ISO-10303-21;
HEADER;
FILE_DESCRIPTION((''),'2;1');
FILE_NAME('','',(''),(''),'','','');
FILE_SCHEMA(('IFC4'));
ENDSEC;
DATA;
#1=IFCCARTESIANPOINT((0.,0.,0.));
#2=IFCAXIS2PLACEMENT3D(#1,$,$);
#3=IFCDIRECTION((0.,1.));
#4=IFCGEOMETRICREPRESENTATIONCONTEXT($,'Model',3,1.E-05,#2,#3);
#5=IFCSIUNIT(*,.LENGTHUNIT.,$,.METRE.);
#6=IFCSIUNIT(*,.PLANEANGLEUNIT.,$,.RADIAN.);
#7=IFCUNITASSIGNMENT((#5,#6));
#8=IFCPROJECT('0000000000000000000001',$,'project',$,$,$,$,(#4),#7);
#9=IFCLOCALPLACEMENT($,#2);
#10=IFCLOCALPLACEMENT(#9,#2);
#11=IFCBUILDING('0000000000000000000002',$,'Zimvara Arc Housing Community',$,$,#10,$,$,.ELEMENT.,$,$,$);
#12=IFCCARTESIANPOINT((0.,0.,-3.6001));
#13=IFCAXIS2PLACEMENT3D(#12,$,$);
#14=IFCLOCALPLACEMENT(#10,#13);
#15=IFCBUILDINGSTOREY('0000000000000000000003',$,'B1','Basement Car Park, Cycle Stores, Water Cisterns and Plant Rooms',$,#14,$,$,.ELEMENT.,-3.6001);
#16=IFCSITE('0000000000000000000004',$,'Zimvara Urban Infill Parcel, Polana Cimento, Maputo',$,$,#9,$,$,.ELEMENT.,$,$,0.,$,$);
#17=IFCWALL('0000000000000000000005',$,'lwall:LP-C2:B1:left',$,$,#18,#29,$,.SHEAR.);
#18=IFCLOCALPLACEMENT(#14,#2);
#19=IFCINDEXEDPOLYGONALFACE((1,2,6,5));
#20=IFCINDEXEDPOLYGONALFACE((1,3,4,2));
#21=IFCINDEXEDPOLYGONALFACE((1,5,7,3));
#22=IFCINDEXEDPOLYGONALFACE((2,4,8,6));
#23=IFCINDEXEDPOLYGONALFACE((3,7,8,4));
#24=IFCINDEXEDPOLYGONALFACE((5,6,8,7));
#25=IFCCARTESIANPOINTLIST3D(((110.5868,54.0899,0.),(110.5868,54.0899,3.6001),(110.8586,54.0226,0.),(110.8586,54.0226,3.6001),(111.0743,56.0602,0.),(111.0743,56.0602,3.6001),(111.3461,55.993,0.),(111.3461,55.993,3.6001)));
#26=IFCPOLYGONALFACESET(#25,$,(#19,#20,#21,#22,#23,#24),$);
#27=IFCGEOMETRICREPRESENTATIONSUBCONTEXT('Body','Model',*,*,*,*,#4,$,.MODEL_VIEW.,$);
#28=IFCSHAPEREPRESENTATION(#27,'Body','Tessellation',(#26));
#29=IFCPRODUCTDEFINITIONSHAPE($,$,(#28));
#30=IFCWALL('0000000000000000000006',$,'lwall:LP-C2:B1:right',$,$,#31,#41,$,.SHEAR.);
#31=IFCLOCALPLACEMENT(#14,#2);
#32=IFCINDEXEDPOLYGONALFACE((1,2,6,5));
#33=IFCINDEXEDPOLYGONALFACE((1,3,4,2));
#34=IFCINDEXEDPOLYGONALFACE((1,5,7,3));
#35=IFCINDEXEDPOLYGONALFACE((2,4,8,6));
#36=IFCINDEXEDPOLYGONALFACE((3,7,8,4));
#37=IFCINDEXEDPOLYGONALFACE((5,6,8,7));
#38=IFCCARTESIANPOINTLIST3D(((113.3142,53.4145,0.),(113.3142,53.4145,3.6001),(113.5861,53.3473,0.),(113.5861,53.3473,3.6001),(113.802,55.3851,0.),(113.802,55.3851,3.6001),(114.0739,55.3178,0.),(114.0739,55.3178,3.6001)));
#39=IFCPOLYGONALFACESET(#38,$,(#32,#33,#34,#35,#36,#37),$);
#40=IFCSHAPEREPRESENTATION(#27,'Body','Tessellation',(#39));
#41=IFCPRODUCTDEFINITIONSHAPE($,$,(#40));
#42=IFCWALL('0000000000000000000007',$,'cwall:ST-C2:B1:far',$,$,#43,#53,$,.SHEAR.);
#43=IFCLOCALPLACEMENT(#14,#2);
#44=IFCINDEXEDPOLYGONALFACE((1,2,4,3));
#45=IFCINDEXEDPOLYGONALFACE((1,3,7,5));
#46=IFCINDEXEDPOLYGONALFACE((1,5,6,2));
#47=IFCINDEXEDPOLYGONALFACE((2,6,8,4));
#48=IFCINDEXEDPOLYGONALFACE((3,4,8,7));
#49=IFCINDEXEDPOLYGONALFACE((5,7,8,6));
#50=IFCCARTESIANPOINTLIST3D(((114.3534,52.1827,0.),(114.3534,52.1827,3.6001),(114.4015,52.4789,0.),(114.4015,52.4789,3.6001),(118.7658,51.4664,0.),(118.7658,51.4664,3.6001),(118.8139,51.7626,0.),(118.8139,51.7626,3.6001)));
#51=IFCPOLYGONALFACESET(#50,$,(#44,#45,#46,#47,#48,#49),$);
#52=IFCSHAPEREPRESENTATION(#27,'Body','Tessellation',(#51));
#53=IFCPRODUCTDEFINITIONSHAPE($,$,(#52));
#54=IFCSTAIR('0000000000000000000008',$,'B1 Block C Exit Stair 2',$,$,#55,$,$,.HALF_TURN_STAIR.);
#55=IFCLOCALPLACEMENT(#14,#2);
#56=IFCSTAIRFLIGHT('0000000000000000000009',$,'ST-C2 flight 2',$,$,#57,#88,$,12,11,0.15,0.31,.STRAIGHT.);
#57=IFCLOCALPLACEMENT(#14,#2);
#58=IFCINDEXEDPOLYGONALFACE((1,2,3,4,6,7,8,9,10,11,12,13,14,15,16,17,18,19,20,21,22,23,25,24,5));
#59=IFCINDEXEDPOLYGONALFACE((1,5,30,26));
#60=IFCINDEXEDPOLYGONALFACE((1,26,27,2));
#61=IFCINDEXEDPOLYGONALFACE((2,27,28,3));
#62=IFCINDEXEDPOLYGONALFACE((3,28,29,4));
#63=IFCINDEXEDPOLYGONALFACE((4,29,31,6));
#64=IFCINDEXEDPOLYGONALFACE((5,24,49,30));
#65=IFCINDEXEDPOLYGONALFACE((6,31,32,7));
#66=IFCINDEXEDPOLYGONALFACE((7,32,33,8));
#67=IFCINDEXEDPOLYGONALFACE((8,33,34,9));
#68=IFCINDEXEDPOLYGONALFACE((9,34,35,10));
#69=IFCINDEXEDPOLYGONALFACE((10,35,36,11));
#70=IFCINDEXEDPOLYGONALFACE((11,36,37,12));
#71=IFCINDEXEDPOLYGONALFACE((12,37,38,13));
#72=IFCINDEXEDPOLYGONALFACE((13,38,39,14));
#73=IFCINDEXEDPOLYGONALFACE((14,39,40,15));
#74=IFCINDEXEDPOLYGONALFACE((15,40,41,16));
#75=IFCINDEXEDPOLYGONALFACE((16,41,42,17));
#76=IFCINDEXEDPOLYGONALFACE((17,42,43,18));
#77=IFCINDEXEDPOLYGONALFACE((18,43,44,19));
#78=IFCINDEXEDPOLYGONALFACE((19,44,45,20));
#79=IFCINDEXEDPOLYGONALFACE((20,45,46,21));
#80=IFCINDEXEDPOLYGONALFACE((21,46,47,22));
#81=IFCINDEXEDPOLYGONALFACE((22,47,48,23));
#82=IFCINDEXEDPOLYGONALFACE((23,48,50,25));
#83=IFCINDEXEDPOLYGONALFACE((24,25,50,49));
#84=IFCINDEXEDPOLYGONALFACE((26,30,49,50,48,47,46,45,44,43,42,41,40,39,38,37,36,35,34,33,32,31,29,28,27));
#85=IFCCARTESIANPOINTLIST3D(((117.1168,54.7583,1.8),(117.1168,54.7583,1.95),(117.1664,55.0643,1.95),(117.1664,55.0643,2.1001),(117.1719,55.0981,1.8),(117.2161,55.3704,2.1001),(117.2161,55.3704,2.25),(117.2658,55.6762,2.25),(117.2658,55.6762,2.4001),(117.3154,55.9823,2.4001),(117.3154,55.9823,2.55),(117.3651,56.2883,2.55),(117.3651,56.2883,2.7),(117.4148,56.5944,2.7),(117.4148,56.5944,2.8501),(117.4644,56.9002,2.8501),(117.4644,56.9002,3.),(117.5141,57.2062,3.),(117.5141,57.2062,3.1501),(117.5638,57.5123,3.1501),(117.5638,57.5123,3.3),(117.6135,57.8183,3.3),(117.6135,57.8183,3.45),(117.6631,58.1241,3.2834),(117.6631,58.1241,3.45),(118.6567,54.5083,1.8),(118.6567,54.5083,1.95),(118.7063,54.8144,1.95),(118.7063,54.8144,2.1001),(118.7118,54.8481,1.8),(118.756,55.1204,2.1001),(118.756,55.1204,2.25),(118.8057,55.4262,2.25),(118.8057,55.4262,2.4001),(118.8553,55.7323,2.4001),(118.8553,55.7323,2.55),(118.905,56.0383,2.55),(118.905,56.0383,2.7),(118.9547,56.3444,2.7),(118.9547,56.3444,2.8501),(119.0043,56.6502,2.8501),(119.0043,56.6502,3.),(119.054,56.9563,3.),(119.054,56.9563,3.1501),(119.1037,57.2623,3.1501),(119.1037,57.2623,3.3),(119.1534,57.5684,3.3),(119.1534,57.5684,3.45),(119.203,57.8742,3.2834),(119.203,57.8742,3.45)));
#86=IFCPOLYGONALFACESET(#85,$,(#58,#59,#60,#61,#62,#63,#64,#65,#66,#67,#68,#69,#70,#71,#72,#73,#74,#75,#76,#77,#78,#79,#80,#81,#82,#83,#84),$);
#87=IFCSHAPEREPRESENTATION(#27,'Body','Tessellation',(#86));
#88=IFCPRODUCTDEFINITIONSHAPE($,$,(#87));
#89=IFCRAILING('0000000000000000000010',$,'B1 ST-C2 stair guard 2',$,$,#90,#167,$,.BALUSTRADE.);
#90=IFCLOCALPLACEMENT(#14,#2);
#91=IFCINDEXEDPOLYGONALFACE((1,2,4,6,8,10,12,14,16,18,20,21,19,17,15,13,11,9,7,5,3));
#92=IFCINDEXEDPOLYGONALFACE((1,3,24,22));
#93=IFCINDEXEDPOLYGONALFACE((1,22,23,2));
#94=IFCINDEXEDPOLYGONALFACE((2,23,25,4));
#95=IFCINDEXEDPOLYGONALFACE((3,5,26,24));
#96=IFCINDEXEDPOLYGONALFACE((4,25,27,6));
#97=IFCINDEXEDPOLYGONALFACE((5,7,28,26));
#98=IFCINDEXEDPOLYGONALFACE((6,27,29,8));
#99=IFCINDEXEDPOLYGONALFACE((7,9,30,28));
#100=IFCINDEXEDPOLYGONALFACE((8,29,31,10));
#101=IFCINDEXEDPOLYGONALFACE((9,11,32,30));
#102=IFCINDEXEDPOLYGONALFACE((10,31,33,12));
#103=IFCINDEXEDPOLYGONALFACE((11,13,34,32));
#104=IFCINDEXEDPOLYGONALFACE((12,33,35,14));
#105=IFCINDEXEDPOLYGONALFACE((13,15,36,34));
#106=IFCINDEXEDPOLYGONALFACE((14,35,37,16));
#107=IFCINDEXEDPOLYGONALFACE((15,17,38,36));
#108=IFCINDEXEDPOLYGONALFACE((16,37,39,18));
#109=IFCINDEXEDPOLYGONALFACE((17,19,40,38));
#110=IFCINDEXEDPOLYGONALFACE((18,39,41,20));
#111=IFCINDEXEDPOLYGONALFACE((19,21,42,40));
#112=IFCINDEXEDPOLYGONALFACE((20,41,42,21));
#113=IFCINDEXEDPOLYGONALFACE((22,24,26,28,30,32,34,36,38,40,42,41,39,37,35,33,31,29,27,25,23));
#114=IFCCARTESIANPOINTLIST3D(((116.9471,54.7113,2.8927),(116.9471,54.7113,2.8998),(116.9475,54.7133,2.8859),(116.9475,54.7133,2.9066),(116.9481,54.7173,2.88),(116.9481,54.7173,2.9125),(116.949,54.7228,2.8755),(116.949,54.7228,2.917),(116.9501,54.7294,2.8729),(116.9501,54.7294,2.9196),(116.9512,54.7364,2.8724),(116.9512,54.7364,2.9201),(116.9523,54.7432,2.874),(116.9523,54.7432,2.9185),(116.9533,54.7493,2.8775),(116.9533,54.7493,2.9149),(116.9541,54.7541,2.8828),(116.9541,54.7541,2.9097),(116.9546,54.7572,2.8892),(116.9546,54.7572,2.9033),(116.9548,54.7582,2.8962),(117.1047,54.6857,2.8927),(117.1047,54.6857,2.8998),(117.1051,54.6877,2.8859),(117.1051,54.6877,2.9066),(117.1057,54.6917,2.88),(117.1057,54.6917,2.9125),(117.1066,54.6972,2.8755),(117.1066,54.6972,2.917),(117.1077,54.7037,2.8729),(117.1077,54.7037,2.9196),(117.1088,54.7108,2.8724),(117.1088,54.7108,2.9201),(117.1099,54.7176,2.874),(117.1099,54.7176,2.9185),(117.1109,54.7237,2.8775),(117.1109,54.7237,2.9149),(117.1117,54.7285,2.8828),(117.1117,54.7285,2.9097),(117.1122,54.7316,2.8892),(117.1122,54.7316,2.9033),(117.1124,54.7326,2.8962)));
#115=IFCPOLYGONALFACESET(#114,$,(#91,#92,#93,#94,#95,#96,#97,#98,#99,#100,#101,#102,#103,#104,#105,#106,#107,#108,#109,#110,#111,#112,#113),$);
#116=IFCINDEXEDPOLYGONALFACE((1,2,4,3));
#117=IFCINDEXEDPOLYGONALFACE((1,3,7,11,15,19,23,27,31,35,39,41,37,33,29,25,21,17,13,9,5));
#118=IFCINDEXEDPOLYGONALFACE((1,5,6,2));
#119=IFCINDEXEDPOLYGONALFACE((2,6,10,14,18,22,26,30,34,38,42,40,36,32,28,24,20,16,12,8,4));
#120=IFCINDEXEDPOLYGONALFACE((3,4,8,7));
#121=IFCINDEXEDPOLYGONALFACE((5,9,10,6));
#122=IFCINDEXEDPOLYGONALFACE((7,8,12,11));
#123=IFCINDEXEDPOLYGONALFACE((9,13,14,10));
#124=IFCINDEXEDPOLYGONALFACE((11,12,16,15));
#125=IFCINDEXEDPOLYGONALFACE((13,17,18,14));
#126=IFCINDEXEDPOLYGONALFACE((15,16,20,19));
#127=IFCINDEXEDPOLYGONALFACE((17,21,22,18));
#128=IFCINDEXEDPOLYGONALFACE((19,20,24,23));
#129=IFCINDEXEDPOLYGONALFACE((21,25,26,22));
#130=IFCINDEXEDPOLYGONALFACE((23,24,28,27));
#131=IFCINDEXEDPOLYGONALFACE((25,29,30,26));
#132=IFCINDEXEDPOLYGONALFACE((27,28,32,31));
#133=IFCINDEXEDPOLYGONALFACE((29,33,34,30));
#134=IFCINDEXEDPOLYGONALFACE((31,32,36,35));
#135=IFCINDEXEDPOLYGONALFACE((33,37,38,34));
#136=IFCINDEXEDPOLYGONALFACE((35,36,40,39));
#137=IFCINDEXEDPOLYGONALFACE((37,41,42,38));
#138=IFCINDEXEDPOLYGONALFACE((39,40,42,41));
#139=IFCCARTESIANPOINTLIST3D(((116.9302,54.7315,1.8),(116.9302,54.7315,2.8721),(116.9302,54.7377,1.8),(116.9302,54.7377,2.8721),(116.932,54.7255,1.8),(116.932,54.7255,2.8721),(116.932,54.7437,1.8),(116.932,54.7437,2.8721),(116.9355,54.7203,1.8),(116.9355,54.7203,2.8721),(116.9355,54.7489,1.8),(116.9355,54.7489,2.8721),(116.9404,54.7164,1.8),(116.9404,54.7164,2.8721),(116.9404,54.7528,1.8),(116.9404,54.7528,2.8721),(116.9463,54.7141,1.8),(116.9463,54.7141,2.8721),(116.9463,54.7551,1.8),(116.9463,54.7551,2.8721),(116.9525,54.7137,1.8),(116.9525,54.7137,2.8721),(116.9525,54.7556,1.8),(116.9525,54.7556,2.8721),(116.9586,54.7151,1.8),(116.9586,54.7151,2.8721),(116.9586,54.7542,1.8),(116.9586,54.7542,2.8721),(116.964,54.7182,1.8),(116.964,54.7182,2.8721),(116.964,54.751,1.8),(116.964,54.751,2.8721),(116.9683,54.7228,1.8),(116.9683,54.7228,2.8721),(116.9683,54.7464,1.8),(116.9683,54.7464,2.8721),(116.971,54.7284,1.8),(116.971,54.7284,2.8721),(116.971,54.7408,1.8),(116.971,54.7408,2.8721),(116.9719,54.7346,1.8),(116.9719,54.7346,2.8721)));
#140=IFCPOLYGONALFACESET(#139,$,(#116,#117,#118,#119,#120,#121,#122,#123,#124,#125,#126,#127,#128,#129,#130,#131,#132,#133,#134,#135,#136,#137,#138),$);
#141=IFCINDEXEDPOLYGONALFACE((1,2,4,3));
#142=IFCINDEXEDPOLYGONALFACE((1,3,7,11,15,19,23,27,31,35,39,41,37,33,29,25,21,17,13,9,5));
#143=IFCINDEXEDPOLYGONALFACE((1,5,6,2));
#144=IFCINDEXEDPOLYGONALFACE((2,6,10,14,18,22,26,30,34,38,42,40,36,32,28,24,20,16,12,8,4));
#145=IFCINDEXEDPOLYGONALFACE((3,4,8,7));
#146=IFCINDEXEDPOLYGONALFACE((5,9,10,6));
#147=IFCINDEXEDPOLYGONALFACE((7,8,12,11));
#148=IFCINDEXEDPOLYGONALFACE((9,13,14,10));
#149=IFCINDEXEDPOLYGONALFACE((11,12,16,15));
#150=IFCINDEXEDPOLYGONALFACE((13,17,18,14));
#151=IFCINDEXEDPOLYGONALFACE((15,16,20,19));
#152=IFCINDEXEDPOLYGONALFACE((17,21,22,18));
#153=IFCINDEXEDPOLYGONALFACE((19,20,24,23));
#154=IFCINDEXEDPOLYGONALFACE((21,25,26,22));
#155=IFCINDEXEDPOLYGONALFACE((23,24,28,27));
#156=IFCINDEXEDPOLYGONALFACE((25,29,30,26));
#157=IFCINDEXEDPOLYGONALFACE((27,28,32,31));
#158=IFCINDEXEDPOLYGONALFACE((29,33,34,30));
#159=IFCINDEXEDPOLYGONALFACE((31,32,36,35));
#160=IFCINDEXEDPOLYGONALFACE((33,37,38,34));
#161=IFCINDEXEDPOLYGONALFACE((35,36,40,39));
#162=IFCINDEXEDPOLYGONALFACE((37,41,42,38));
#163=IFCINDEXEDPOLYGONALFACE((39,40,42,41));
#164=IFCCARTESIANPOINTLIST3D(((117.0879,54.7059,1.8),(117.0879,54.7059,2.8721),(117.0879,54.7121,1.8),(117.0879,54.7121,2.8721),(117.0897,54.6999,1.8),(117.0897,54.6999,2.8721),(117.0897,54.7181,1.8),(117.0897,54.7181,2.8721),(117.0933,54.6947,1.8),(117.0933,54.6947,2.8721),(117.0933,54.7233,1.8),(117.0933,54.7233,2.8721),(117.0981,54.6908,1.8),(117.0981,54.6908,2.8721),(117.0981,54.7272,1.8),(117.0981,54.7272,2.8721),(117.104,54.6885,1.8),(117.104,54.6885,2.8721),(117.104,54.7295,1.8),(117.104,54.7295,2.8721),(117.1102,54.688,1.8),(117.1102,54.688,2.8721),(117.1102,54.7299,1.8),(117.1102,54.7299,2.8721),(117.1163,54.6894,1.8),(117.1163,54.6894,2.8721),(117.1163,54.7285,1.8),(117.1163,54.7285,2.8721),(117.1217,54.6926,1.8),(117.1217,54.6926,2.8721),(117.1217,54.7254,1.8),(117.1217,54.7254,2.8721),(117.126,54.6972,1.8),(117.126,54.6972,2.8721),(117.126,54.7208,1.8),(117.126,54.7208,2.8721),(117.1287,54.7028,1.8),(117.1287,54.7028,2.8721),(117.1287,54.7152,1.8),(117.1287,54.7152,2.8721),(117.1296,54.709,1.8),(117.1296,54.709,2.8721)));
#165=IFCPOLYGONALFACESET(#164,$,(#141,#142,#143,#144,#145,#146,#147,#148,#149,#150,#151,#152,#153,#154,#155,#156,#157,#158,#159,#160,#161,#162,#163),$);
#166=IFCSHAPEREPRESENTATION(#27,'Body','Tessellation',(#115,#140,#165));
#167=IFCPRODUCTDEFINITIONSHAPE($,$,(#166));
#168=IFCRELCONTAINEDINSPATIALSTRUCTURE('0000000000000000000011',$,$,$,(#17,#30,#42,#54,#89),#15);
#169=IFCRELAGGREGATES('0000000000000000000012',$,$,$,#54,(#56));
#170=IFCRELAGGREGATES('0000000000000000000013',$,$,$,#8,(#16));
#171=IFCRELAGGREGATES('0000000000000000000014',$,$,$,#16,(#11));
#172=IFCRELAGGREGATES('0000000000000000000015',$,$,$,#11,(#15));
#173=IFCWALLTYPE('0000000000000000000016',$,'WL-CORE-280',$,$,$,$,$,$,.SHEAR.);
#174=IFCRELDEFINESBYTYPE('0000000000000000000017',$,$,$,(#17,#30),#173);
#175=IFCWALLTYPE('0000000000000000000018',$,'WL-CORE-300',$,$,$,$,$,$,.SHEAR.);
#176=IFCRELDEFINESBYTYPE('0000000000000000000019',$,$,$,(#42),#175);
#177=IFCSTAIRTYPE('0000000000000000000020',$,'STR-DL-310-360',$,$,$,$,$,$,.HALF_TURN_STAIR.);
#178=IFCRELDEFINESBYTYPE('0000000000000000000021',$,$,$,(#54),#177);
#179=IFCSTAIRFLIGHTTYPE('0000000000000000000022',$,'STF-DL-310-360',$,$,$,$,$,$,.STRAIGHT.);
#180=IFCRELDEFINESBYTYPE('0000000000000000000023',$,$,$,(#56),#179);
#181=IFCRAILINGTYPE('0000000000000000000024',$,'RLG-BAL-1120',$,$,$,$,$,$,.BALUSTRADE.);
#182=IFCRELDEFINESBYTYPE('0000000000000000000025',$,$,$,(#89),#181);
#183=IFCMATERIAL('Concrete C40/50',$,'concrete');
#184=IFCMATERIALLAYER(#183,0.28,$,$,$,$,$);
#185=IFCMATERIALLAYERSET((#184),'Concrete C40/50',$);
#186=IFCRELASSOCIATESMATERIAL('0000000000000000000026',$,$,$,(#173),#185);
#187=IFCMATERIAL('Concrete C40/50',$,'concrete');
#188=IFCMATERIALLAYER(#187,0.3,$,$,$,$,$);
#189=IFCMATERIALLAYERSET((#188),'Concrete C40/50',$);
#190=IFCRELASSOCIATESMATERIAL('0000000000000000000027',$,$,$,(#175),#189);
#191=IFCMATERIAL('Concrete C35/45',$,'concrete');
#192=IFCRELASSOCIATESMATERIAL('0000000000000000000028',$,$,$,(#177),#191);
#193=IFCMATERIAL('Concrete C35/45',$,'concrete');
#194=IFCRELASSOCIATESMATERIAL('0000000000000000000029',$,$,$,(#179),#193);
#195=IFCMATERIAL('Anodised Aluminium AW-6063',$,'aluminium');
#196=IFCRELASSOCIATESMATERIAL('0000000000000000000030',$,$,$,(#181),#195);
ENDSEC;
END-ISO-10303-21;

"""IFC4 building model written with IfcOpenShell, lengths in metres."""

from ifc_helpers import new_model, si_unit, direction, frame, frame_2d, origin, origin_2d, place, context, subcontext, project, spatial, polyline, rectangle, circle, outline, extrude, material, layer, layer_set, type_object, element, aggregate, save


model = new_model("IFC4")

# Units and contexts
model_context = context("Model", 3, precision=1e-05, world=origin(), true_north=direction((0.0, 1.0)))
body_context = subcontext(model_context, "Body", "Model", "MODEL_VIEW")
ifc_project = project(units=[si_unit("LENGTHUNIT", "METRE"), si_unit("PLANEANGLEUNIT", "RADIAN")], contexts=[model_context])

# Site, building, storey
site_placement = place(None, origin())
site = spatial("IfcSite", under=ifc_project, at=site_placement, Name="Zimvara Urban Infill Parcel, Polana Cimento, Maputo", CompositionType="ELEMENT", RefElevation=0.0)
building_placement = place(site_placement, origin())
building = spatial("IfcBuilding", under=site, at=building_placement, Name="Zimvara Arc Housing Community", CompositionType="ELEMENT")
storey_placement = place(building_placement, frame((0.0, 0.0, -3.6001)))
storey = spatial("IfcBuildingStorey", under=building, at=storey_placement, Name="B1", Description="Basement Car Park, Cycle Stores, Water Cisterns and Plant Rooms", CompositionType="ELEMENT", Elevation=-3.6001)

# Shared definitions
ifc_material_1 = material(Name="Concrete C40/50", Category="concrete")
ifc_layer_1 = layer(ifc_material_1, 0.28)
ifc_layer_set_1 = layer_set([ifc_layer_1], Name="Concrete C40/50")
wall_type_1 = type_object("IfcWallType", Name="WL-CORE-280", PredefinedType="SHEAR", material=ifc_layer_set_1)

# Walls
wall_1_placement = place(storey_placement, frame((111.2102, 56.0266, 0.0), z_axis=(0.0, 0.0, 1.0), x_axis=(-0.240186, -0.970727, 0.0)))
element("IfcWall", 1, at=wall_1_placement, inside=storey, type_object=wall_type_1, Name="lwall:LP-C2:B1:left", PredefinedType="SHEAR", context=body_context, shape_type="SweptSolid", body=[
    extrude(rectangle(XDim=2.0298, YDim=0.28, at=frame_2d((1.0149, 0.0))), origin(), (0.0, 0.0, 1.0), 3.6001),
])
wall_2_placement = place(storey_placement, frame((113.938, 55.3516, 0.0), z_axis=(0.0, 0.0, 1.0), x_axis=(-0.240299, -0.970699, 0.0)))
element("IfcWall", 2, at=wall_2_placement, inside=storey, type_object=wall_type_1, Name="lwall:LP-C2:B1:right", PredefinedType="SHEAR", context=body_context, shape_type="SweptSolid", body=[
    extrude(rectangle(XDim=2.03, YDim=0.28, at=frame_2d((1.0151, 0.0))), origin(), (0.0, 0.0, 1.0), 3.6001),
])
ifc_material_2 = material(Name="Concrete C40/50", Category="concrete")
ifc_layer_2 = layer(ifc_material_2, 0.3)
ifc_layer_set_2 = layer_set([ifc_layer_2], Name="Concrete C40/50")
wall_type_2 = type_object("IfcWallType", Name="WL-CORE-300", PredefinedType="SHEAR", material=ifc_layer_set_2)
wall_3_placement = place(storey_placement, frame((114.3774, 52.3308, 0.0), z_axis=(0.0, 0.0, 1.0), x_axis=(0.987077, -0.160244, 0.0)))
element("IfcWall", 3, at=wall_3_placement, inside=storey, type_object=wall_type_2, Name="cwall:ST-C2:B1:far", PredefinedType="SHEAR", context=body_context, shape_type="SweptSolid", body=[
    extrude(rectangle(XDim=4.4702, YDim=0.3, at=frame_2d((2.2351, 0.0))), origin(), (0.0, 0.0, 1.0), 3.6001),
])

# Stair, stair flight
ifc_material_3 = material(Name="Concrete C35/45", Category="concrete")
stair_type = type_object("IfcStairType", Name="STR-DL-310-360", PredefinedType="HALF_TURN_STAIR", material=ifc_material_3)
stair_placement = place(storey_placement, origin())
stair = element("IfcStair", 4, at=stair_placement, inside=storey, type_object=stair_type, Name="B1 Block C Exit Stair 2", PredefinedType="HALF_TURN_STAIR")
ifc_material_4 = material(Name="Concrete C35/45", Category="concrete")
stair_flight_type = type_object("IfcStairFlightType", Name="STF-DL-310-360", PredefinedType="STRAIGHT", material=ifc_material_4)
stair_flight_placement = place(storey_placement, frame((117.8867, 54.6333, 1.8), z_axis=(0.0, 0.0, 1.0), x_axis=(0.160226, 0.98708, 0.0)))
stair_flight = element("IfcStairFlight", 5, at=stair_flight_placement, type_object=stair_flight_type, Name="ST-C2 flight 2", NumberOfRisers=12, NumberOfTreads=11, PredefinedType="STRAIGHT", RiserHeight=0.15, TreadLength=0.31, context=body_context, shape_type="SweptSolid", body=[
    extrude(outline(polyline([(0.0, 0.0), (0.0, 0.1499), (0.3101, 0.1499), (0.3101, 0.3), (0.6201, 0.3), (0.6201, 0.45), (0.9299, 0.45), (0.9299, 0.6001), (1.24, 0.6001), (1.24, 0.75), (1.55, 0.75), (1.55, 0.8999), (1.8601, 0.8999), (1.8601, 1.05), (2.1699, 1.05), (2.1699, 1.2), (2.48, 1.2), (2.48, 1.3501), (2.79, 1.3501), (2.79, 1.5), (3.1001, 1.5), (3.1001, 1.6499), (3.4099, 1.6499), (3.4099, 1.8), (3.4099, 1.4834), (0.3442, 0.0), (0.0, 0.0)])), frame((0.0, 0.78, 0.0), z_axis=(0.0, -1.0, 0.0), x_axis=(1.0, 0.0, 0.0)), (0.0, 0.0, 1.0), 1.5601),
])
aggregate(stair, [stair_flight])

# Railing
ifc_material_5 = material(Name="Anodised Aluminium AW-6063", Category="aluminium")
railing_type_1 = type_object("IfcRailingType", Name="RLG-BAL-1120", PredefinedType="BALUSTRADE", material=ifc_material_5)
railing_1_placement = place(storey_placement, frame((116.9509, 54.7346, 1.8)))
element("IfcRailing", 6, at=railing_1_placement, inside=storey, type_object=railing_type_1, Name="B1 ST-C2 stair guard 2", PredefinedType="BALUSTRADE", context=body_context, shape_type="SweptSolid", body=[
    extrude(circle(Radius=0.0239, at=origin_2d()), frame((0.0, 0.0, 1.0962), z_axis=(0.987047, -0.160433, 0.0), x_axis=(0.160433, 0.987047, 0.0)), (0.0, 0.0, 1.0), 0.1597),
    extrude(circle(Radius=0.021, at=origin_2d()), origin(), (0.0, 0.0, 1.0), 1.072),
    extrude(circle(Radius=0.021, at=origin_2d()), frame((0.1577, -0.0256, 0.0)), (0.0, 0.0, 1.0), 1.072),
])

save(model, "model.ifc")
